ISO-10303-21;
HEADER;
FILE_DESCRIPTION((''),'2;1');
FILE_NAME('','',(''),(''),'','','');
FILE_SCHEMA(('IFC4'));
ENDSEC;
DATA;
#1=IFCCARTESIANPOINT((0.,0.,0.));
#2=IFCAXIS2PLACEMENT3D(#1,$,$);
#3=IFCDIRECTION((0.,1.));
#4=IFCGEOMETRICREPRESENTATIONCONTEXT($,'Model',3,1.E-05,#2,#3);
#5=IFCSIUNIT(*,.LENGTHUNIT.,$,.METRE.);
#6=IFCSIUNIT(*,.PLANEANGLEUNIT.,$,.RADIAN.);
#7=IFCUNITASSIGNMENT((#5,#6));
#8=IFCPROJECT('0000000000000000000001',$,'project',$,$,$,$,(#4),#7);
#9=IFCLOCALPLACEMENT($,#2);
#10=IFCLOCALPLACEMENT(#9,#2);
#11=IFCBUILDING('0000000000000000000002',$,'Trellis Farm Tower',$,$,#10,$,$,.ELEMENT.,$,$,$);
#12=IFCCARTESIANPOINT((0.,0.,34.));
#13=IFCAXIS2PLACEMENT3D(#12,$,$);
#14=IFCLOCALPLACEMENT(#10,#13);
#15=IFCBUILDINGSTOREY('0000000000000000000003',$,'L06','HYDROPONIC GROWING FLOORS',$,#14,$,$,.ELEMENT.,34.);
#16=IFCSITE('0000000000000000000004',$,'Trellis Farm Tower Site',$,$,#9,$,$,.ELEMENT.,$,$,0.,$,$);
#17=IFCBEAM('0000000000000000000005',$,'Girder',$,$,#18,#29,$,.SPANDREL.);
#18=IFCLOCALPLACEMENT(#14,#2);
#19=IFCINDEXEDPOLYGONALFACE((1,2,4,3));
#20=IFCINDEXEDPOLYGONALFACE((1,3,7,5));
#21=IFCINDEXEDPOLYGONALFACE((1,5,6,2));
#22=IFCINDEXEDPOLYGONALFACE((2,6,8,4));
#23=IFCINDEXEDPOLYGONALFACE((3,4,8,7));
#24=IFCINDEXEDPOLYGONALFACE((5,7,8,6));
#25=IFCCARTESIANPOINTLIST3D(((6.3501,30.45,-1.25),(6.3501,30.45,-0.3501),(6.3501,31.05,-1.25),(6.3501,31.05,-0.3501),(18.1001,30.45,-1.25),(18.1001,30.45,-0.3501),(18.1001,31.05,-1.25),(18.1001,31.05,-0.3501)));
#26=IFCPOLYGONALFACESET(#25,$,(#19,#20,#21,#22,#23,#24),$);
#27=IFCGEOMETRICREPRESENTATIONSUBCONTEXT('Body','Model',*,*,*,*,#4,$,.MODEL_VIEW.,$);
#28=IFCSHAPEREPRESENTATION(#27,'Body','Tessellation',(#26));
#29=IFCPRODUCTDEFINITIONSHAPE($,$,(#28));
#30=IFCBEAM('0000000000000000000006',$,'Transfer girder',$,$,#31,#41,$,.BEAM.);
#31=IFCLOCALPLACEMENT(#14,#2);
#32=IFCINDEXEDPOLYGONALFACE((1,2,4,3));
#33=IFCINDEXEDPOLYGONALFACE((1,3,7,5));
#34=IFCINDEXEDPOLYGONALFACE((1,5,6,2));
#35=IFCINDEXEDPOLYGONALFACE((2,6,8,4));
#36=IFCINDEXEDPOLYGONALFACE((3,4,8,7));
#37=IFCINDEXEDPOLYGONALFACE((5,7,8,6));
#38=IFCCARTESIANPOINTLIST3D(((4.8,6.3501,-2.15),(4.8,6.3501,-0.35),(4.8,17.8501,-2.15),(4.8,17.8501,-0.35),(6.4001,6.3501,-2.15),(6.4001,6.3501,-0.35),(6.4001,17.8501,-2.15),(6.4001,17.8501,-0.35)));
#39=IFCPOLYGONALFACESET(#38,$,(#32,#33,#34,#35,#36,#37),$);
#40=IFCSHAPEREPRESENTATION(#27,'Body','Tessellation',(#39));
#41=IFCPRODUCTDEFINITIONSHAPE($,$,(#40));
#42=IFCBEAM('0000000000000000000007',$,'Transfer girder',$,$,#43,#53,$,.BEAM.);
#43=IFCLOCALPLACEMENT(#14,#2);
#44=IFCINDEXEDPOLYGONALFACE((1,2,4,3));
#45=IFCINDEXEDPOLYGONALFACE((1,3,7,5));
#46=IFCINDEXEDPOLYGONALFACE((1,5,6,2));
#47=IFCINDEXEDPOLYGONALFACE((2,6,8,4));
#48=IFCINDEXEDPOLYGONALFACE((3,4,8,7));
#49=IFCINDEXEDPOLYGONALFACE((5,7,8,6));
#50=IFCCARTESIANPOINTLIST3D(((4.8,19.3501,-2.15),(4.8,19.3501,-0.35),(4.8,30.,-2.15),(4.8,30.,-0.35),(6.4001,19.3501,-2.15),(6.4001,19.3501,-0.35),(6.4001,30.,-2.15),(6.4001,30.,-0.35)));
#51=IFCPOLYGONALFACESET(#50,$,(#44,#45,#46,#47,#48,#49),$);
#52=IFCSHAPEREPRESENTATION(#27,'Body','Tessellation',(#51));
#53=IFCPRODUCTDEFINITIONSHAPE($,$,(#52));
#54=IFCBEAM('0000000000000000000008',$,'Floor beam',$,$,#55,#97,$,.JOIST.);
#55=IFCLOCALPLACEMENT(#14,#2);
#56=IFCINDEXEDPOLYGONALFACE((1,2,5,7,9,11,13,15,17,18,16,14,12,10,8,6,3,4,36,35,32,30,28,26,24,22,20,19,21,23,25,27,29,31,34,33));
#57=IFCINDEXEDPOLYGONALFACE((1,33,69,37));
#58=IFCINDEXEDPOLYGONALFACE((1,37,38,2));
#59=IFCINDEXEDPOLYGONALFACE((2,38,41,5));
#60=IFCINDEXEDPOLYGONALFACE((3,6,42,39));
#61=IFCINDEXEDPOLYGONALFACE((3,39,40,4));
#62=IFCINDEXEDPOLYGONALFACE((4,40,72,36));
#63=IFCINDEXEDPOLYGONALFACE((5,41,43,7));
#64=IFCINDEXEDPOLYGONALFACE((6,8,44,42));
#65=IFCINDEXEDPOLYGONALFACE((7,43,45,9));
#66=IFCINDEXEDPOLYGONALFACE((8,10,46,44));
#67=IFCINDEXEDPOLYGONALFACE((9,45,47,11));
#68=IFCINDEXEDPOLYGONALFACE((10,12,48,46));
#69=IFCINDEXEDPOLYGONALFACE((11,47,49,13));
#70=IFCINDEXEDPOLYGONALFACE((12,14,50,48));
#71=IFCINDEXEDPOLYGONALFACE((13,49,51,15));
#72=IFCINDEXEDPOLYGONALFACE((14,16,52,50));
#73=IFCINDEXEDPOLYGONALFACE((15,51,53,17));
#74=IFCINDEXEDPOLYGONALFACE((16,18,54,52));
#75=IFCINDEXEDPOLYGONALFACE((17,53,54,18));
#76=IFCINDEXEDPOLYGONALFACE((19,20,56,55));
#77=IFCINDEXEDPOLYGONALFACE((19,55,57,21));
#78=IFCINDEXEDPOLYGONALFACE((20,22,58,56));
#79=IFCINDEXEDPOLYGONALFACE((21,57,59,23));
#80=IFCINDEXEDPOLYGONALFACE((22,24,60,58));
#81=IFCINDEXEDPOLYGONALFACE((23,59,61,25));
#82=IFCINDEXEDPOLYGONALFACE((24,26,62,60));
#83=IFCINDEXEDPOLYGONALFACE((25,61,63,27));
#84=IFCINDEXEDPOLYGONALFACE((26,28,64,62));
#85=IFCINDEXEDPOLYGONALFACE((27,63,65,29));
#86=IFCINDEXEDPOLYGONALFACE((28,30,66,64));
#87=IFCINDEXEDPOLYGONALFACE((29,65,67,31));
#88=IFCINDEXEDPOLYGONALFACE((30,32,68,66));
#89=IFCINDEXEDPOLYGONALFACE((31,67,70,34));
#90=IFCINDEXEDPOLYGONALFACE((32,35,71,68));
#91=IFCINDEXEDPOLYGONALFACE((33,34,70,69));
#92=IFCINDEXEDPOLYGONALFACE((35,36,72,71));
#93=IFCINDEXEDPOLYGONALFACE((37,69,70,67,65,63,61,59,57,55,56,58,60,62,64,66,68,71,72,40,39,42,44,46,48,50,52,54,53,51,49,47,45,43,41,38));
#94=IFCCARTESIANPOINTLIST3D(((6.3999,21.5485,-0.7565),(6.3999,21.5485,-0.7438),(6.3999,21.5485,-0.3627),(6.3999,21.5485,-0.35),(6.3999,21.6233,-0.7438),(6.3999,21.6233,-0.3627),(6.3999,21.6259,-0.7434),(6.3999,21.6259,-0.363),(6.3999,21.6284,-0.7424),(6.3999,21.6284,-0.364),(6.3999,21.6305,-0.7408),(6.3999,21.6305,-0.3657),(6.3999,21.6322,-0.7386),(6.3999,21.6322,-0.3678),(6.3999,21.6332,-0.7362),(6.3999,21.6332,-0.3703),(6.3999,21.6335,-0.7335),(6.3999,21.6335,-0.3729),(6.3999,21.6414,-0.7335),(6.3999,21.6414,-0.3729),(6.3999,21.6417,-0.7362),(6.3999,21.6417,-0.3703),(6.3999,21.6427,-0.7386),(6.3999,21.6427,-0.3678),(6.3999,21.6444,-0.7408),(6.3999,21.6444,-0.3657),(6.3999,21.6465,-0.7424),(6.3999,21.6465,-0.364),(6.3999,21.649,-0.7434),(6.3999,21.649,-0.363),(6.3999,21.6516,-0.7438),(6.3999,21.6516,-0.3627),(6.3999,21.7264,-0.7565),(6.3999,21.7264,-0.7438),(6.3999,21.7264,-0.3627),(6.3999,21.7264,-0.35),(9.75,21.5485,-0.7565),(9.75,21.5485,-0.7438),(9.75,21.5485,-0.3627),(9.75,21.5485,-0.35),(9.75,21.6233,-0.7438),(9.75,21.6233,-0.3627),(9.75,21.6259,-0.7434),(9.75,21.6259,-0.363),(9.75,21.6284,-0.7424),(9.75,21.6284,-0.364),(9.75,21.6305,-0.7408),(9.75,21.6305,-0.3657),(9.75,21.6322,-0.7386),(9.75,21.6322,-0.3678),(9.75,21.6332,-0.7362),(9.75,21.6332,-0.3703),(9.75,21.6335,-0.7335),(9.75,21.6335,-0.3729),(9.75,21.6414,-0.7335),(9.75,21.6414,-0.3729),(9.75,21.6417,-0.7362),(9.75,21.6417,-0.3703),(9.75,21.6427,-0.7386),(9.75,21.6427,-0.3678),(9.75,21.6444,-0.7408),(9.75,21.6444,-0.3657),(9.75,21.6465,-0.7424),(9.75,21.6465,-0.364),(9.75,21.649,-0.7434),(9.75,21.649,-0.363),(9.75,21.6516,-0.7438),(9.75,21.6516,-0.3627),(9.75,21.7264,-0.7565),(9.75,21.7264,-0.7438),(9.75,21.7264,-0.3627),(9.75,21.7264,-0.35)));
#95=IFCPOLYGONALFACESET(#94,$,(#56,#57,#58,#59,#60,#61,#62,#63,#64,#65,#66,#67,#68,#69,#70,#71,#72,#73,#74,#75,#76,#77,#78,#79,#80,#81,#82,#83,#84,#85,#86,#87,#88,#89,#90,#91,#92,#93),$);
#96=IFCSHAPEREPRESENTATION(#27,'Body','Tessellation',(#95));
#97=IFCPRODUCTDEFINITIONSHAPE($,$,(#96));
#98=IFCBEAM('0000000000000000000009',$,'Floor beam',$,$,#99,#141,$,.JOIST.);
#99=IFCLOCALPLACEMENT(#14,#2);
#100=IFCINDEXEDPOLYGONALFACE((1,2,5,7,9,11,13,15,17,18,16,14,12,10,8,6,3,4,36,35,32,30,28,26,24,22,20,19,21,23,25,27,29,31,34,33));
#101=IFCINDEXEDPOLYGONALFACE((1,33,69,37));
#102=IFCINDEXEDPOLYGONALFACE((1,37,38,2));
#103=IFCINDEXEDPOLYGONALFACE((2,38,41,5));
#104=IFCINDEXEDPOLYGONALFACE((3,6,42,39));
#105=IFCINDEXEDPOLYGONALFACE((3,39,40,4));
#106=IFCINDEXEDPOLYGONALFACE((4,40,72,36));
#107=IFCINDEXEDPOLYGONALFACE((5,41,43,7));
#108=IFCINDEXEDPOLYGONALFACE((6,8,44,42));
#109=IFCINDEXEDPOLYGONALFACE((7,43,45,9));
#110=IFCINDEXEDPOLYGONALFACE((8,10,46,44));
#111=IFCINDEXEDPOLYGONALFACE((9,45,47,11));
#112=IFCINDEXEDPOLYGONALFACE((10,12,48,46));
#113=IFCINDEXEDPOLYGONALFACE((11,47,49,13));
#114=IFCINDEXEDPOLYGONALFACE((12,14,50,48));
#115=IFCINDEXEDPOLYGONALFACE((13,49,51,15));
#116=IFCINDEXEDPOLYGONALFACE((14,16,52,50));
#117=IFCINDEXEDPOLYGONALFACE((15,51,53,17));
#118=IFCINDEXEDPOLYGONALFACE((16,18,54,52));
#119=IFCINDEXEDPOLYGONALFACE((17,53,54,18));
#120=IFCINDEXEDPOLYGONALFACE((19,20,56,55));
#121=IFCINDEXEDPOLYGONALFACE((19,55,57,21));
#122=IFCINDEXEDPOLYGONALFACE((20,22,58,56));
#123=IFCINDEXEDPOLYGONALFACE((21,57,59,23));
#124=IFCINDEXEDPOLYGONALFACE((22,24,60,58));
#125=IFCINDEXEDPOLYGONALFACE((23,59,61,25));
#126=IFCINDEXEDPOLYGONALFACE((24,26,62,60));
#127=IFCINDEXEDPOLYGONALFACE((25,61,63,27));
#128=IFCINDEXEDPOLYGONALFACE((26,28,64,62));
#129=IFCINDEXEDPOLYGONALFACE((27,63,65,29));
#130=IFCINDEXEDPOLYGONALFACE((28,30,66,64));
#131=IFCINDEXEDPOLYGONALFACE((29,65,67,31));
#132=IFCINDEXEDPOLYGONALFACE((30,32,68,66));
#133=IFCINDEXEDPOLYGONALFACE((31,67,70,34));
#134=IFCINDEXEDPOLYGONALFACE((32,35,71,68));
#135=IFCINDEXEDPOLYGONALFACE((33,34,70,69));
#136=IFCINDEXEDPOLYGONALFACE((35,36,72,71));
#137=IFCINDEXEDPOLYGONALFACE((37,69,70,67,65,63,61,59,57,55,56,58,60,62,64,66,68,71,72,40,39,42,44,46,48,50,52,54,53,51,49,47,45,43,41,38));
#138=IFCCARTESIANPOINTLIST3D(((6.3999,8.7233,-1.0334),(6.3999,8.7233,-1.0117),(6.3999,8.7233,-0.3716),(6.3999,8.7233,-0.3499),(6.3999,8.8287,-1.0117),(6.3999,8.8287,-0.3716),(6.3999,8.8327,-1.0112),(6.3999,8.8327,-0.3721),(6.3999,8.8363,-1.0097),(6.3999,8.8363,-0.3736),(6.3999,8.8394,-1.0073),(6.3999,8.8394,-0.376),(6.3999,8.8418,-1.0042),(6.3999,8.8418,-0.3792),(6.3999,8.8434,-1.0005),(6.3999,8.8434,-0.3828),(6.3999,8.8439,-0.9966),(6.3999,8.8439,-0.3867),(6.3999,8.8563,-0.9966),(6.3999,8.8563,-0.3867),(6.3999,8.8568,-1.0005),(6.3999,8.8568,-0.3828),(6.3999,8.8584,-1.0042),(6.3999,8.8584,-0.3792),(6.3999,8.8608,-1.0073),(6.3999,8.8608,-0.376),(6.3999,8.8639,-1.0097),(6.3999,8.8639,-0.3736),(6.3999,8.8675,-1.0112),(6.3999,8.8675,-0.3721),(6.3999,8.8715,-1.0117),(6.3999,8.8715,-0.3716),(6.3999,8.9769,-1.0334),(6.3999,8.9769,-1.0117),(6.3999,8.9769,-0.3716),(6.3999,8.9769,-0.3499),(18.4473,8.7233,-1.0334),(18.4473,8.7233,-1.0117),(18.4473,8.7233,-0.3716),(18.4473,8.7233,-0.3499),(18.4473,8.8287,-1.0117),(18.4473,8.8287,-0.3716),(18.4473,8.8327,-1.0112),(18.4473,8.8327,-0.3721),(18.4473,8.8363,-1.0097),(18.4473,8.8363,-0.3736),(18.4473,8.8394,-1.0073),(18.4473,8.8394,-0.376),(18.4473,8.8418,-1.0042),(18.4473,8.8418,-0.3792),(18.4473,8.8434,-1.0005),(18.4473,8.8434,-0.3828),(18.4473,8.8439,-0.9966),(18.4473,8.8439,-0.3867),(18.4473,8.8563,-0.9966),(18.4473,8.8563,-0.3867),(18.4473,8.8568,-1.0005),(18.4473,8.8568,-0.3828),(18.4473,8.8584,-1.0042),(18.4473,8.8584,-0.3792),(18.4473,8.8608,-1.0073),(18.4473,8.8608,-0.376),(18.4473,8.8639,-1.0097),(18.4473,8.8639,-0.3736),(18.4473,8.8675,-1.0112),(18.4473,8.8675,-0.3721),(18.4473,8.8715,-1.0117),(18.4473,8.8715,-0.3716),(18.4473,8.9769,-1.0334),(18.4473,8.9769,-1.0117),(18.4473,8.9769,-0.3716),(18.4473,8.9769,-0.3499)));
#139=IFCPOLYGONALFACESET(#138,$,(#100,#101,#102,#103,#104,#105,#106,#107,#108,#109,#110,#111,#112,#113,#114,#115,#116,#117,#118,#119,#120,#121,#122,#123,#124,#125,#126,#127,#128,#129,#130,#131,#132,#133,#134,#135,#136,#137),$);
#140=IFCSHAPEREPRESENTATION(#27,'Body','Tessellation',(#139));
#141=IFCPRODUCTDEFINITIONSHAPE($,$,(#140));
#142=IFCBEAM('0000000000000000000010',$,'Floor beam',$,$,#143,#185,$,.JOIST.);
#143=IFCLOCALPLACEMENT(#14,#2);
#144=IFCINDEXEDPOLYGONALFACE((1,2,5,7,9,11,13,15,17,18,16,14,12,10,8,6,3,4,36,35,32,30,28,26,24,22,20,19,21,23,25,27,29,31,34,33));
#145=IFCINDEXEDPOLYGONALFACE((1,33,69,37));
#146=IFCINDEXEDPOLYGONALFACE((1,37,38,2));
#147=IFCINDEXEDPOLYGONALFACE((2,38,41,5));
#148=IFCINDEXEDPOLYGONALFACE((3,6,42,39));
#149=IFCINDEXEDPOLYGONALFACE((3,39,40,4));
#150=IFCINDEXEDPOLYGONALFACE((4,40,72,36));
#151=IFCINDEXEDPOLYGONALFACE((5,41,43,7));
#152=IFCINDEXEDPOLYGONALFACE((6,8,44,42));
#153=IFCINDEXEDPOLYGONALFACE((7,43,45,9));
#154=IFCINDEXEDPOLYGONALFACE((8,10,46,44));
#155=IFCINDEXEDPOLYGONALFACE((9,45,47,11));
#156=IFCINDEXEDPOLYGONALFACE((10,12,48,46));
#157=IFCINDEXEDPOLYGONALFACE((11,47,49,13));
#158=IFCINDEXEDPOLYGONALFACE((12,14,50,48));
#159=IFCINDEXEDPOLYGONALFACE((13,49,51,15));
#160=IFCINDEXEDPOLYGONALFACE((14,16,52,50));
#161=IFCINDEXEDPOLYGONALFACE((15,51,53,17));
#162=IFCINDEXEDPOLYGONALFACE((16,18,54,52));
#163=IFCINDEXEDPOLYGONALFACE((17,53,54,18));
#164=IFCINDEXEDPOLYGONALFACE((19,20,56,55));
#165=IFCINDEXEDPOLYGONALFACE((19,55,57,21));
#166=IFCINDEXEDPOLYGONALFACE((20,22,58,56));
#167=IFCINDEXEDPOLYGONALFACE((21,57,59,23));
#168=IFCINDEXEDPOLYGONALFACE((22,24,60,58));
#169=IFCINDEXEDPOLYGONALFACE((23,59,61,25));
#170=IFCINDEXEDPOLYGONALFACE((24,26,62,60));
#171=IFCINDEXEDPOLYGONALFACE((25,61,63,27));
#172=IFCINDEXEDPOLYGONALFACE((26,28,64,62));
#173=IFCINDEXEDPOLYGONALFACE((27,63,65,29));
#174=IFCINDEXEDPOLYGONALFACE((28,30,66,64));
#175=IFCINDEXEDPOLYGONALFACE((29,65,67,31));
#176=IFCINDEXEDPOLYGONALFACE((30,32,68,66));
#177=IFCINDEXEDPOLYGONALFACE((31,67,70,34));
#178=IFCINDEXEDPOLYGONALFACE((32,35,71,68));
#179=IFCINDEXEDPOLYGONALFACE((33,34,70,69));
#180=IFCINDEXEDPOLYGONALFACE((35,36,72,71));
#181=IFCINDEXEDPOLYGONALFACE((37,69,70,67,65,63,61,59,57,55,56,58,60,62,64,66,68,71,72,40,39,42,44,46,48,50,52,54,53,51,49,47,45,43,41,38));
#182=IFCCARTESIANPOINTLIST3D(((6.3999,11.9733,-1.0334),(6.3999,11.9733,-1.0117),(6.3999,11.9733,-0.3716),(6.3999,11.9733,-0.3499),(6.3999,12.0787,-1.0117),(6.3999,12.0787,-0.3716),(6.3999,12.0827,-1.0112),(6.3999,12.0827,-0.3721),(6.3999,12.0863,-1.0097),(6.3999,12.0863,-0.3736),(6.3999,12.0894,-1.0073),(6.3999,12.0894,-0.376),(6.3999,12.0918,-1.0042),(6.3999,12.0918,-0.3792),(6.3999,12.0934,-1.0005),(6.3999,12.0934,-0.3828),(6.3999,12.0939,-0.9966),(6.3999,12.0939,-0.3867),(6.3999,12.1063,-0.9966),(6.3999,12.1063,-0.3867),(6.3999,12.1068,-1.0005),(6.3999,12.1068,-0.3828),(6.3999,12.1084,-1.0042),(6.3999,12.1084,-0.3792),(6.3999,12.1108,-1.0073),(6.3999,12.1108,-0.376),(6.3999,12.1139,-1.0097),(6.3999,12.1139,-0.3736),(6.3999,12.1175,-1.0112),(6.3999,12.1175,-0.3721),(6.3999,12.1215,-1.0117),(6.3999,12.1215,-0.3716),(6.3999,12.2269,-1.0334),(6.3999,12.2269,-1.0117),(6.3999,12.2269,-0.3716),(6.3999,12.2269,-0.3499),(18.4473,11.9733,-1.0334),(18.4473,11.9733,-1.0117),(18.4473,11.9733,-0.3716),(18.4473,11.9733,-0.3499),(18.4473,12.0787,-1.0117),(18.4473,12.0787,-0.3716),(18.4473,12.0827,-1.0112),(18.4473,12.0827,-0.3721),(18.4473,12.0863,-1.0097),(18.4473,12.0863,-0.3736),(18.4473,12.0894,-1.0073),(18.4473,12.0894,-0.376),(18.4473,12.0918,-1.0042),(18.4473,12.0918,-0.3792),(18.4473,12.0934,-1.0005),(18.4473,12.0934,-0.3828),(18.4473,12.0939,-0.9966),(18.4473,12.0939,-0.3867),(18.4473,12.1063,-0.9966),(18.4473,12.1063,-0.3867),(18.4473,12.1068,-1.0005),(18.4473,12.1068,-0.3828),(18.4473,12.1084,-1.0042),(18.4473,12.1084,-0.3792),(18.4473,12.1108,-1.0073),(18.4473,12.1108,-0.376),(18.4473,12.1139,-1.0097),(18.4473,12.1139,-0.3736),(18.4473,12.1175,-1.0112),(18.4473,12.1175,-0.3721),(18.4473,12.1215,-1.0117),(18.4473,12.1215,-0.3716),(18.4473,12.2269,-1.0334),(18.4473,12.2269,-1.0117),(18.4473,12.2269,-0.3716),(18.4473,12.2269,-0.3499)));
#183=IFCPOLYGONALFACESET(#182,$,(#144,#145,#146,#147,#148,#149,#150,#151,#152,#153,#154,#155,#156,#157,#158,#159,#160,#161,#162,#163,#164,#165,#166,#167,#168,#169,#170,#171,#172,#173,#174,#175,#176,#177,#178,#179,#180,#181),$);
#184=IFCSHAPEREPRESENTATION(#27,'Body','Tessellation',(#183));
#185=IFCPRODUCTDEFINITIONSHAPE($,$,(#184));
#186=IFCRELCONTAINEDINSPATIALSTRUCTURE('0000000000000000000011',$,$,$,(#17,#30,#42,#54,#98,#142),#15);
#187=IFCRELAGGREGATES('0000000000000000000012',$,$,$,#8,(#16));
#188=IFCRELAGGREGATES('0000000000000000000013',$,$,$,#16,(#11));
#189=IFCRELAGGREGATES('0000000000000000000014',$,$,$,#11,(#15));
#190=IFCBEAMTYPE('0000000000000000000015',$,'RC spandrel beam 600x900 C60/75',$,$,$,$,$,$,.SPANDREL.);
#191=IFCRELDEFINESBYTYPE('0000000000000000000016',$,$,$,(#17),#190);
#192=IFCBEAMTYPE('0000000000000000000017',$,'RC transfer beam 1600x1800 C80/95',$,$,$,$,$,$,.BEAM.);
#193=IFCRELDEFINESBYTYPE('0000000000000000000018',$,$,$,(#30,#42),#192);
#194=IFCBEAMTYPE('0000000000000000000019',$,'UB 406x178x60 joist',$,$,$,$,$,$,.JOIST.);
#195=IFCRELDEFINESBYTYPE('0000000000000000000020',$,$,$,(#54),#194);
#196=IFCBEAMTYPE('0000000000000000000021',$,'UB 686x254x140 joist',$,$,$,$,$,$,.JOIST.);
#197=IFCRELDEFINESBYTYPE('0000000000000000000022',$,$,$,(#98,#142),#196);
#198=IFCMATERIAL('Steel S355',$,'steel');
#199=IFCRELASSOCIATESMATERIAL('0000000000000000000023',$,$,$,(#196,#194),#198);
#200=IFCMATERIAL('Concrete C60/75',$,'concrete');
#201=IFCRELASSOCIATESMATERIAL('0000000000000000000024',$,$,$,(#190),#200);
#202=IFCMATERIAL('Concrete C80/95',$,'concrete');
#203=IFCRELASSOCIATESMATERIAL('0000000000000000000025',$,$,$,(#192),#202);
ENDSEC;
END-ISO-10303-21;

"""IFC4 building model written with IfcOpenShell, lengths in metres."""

from ifc_helpers import new_model, si_unit, direction, frame, origin, origin_2d, place, context, subcontext, project, spatial, rectangle, i_section, extrude, source, transform, mapped, material, material_profile, profile_set, type_object, element, save


model = new_model("IFC4")

# Units and contexts
model_context = context("Model", 3, precision=1e-05, world=origin(), true_north=direction((0.0, 1.0)))
body_context = subcontext(model_context, "Body", "Model", "MODEL_VIEW")
ifc_project = project(units=[si_unit("LENGTHUNIT", "METRE"), si_unit("PLANEANGLEUNIT", "RADIAN")], contexts=[model_context])

# Site, building, storey
site_placement = place(None, origin())
site = spatial("IfcSite", under=ifc_project, at=site_placement, Name="Trellis Farm Tower Site", CompositionType="ELEMENT", RefElevation=0.0)
building_placement = place(site_placement, origin())
building = spatial("IfcBuilding", under=site, at=building_placement, Name="Trellis Farm Tower", CompositionType="ELEMENT")
storey_placement = place(building_placement, frame((0.0, 0.0, 34.0)))
storey = spatial("IfcBuildingStorey", under=building, at=storey_placement, Name="L06", Description="HYDROPONIC GROWING FLOORS", CompositionType="ELEMENT", Elevation=34.0)

# Shared definitions
ifc_material_1 = material(Name="Concrete C80/95", Category="concrete")

# Beams
ifc_material_2 = material(Name="Steel S355", Category="steel")
ifc_material_profile_1 = material_profile(ifc_material_2, i_section(OverallWidth=0.2537, OverallDepth=0.6836, WebThickness=0.0125, FlangeThickness=0.0217, FilletRadius=0.0151, at=origin_2d()), Name="UB 686x254x140")
ifc_profile_set_1 = profile_set([ifc_material_profile_1], Name="Steel S355")
beam_type_1 = type_object("IfcBeamType", Name="UB 686x254x140 joist", PredefinedType="JOIST", material=ifc_profile_set_1)
ifc_material_3 = material(Name="Concrete C60/75", Category="concrete")
ifc_material_profile_2 = material_profile(ifc_material_3, rectangle(XDim=0.6001, YDim=0.8999, at=origin_2d()), Name="RC spandrel beam 600x900 C60/75")
ifc_profile_set_2 = profile_set([ifc_material_profile_2], Name="Concrete C60/75")
beam_type_2 = type_object("IfcBeamType", Name="RC spandrel beam 600x900 C60/75", PredefinedType="SPANDREL", material=ifc_profile_set_2)
shared_shape_1 = source(origin(), body_context, "Body", "SweptSolid", [
    extrude(rectangle(XDim=0.6001, YDim=0.8999, at=origin_2d()), origin(), (0.0, 0.0, 1.0), 11.75),
])
beam_1_placement = place(storey_placement, frame((6.3501, 30.75, -0.8), z_axis=(1.0, 0.0, 0.0), x_axis=(0.0, 1.0, 0.0)))
element("IfcBeam", 1, at=beam_1_placement, inside=storey, type_object=beam_type_2, Name="Girder", PredefinedType="SPANDREL", context=body_context, shape_type="MappedRepresentation", body=[
    mapped(shared_shape_1, transform((0.0, 0.0, 0.0))),
])
ifc_material_profile_3 = material_profile(ifc_material_1, rectangle(XDim=1.6001, YDim=1.8, at=origin_2d()), Name="RC transfer beam 1600x1800 C80/95")
ifc_profile_set_3 = profile_set([ifc_material_profile_3], Name="Concrete C80/95")
beam_type_3 = type_object("IfcBeamType", Name="RC transfer beam 1600x1800 C80/95", PredefinedType="BEAM", material=ifc_profile_set_3)
shared_shape_2 = source(origin(), body_context, "Body", "SweptSolid", [
    extrude(rectangle(XDim=1.6001, YDim=1.8, at=origin_2d()), origin(), (0.0, 0.0, 1.0), 11.5),
])
beam_2_placement = place(storey_placement, frame((5.6001, 6.3501, -1.25), z_axis=(0.0, 1.0, 0.0), x_axis=(-1.0, 0.0, 0.0)))
element("IfcBeam", 2, at=beam_2_placement, inside=storey, type_object=beam_type_3, Name="Transfer girder", PredefinedType="BEAM", context=body_context, shape_type="MappedRepresentation", body=[
    mapped(shared_shape_2, transform((0.0, 0.0, 0.0))),
])
shared_shape_3 = source(origin(), body_context, "Body", "SweptSolid", [
    extrude(rectangle(XDim=1.6001, YDim=1.8, at=origin_2d()), origin(), (0.0, 0.0, 1.0), 10.6499),
])
beam_3_placement = place(storey_placement, frame((5.6001, 19.3501, -1.25), z_axis=(0.0, 1.0, 0.0), x_axis=(-1.0, 0.0, 0.0)))
element("IfcBeam", 3, at=beam_3_placement, inside=storey, type_object=beam_type_3, Name="Transfer girder", PredefinedType="BEAM", context=body_context, shape_type="MappedRepresentation", body=[
    mapped(shared_shape_3, transform((0.0, 0.0, 0.0))),
])
ifc_material_profile_4 = material_profile(ifc_material_2, i_section(OverallWidth=0.178, OverallDepth=0.4065, WebThickness=0.0078, FlangeThickness=0.0127, FilletRadius=0.0103, at=origin_2d()), Name="UB 406x178x60")
ifc_profile_set_4 = profile_set([ifc_material_profile_4], Name="Steel S355")
beam_type_4 = type_object("IfcBeamType", Name="UB 406x178x60 joist", PredefinedType="JOIST", material=ifc_profile_set_4)
shared_shape_4 = source(origin(), body_context, "Body", "SweptSolid", [
    extrude(i_section(OverallWidth=0.178, OverallDepth=0.4065, WebThickness=0.0078, FlangeThickness=0.0127, FilletRadius=0.0103, at=origin_2d()), origin(), (0.0, 0.0, 1.0), 3.3501),
])
beam_4_placement = place(storey_placement, frame((6.3999, 21.6375, -0.5532), z_axis=(1.0, 0.0, 0.0), x_axis=(0.0, 1.0, 0.0)))
element("IfcBeam", 4, at=beam_4_placement, inside=storey, type_object=beam_type_4, Name="Floor beam", PredefinedType="JOIST", context=body_context, shape_type="MappedRepresentation", body=[
    mapped(shared_shape_4, transform((0.0, 0.0, 0.0))),
])
shared_shape_5 = source(origin(), body_context, "Body", "SweptSolid", [
    extrude(i_section(OverallWidth=0.2537, OverallDepth=0.6836, WebThickness=0.0125, FlangeThickness=0.0217, FilletRadius=0.0151, at=origin_2d()), origin(), (0.0, 0.0, 1.0), 12.0474),
])
for number, where, z_axis, x_axis, name in (
    (5, (6.3999, 8.8501, -0.6917), (1.0, 0.0, 0.0), (0.0, 1.0, 0.0), "Floor beam"),
    (6, (6.3999, 12.1001, -0.6917), (1.0, 0.0, 0.0), (0.0, 1.0, 0.0), "Floor beam"),
):
    element("IfcBeam", number, at=place(storey_placement, frame(where, z_axis=z_axis, x_axis=x_axis)), inside=storey, type_object=beam_type_1, Name=name, PredefinedType="JOIST", context=body_context, shape_type="MappedRepresentation", body=[
        mapped(shared_shape_5, transform((0.0, 0.0, 0.0))),
    ])

save(model, "model.ifc")
